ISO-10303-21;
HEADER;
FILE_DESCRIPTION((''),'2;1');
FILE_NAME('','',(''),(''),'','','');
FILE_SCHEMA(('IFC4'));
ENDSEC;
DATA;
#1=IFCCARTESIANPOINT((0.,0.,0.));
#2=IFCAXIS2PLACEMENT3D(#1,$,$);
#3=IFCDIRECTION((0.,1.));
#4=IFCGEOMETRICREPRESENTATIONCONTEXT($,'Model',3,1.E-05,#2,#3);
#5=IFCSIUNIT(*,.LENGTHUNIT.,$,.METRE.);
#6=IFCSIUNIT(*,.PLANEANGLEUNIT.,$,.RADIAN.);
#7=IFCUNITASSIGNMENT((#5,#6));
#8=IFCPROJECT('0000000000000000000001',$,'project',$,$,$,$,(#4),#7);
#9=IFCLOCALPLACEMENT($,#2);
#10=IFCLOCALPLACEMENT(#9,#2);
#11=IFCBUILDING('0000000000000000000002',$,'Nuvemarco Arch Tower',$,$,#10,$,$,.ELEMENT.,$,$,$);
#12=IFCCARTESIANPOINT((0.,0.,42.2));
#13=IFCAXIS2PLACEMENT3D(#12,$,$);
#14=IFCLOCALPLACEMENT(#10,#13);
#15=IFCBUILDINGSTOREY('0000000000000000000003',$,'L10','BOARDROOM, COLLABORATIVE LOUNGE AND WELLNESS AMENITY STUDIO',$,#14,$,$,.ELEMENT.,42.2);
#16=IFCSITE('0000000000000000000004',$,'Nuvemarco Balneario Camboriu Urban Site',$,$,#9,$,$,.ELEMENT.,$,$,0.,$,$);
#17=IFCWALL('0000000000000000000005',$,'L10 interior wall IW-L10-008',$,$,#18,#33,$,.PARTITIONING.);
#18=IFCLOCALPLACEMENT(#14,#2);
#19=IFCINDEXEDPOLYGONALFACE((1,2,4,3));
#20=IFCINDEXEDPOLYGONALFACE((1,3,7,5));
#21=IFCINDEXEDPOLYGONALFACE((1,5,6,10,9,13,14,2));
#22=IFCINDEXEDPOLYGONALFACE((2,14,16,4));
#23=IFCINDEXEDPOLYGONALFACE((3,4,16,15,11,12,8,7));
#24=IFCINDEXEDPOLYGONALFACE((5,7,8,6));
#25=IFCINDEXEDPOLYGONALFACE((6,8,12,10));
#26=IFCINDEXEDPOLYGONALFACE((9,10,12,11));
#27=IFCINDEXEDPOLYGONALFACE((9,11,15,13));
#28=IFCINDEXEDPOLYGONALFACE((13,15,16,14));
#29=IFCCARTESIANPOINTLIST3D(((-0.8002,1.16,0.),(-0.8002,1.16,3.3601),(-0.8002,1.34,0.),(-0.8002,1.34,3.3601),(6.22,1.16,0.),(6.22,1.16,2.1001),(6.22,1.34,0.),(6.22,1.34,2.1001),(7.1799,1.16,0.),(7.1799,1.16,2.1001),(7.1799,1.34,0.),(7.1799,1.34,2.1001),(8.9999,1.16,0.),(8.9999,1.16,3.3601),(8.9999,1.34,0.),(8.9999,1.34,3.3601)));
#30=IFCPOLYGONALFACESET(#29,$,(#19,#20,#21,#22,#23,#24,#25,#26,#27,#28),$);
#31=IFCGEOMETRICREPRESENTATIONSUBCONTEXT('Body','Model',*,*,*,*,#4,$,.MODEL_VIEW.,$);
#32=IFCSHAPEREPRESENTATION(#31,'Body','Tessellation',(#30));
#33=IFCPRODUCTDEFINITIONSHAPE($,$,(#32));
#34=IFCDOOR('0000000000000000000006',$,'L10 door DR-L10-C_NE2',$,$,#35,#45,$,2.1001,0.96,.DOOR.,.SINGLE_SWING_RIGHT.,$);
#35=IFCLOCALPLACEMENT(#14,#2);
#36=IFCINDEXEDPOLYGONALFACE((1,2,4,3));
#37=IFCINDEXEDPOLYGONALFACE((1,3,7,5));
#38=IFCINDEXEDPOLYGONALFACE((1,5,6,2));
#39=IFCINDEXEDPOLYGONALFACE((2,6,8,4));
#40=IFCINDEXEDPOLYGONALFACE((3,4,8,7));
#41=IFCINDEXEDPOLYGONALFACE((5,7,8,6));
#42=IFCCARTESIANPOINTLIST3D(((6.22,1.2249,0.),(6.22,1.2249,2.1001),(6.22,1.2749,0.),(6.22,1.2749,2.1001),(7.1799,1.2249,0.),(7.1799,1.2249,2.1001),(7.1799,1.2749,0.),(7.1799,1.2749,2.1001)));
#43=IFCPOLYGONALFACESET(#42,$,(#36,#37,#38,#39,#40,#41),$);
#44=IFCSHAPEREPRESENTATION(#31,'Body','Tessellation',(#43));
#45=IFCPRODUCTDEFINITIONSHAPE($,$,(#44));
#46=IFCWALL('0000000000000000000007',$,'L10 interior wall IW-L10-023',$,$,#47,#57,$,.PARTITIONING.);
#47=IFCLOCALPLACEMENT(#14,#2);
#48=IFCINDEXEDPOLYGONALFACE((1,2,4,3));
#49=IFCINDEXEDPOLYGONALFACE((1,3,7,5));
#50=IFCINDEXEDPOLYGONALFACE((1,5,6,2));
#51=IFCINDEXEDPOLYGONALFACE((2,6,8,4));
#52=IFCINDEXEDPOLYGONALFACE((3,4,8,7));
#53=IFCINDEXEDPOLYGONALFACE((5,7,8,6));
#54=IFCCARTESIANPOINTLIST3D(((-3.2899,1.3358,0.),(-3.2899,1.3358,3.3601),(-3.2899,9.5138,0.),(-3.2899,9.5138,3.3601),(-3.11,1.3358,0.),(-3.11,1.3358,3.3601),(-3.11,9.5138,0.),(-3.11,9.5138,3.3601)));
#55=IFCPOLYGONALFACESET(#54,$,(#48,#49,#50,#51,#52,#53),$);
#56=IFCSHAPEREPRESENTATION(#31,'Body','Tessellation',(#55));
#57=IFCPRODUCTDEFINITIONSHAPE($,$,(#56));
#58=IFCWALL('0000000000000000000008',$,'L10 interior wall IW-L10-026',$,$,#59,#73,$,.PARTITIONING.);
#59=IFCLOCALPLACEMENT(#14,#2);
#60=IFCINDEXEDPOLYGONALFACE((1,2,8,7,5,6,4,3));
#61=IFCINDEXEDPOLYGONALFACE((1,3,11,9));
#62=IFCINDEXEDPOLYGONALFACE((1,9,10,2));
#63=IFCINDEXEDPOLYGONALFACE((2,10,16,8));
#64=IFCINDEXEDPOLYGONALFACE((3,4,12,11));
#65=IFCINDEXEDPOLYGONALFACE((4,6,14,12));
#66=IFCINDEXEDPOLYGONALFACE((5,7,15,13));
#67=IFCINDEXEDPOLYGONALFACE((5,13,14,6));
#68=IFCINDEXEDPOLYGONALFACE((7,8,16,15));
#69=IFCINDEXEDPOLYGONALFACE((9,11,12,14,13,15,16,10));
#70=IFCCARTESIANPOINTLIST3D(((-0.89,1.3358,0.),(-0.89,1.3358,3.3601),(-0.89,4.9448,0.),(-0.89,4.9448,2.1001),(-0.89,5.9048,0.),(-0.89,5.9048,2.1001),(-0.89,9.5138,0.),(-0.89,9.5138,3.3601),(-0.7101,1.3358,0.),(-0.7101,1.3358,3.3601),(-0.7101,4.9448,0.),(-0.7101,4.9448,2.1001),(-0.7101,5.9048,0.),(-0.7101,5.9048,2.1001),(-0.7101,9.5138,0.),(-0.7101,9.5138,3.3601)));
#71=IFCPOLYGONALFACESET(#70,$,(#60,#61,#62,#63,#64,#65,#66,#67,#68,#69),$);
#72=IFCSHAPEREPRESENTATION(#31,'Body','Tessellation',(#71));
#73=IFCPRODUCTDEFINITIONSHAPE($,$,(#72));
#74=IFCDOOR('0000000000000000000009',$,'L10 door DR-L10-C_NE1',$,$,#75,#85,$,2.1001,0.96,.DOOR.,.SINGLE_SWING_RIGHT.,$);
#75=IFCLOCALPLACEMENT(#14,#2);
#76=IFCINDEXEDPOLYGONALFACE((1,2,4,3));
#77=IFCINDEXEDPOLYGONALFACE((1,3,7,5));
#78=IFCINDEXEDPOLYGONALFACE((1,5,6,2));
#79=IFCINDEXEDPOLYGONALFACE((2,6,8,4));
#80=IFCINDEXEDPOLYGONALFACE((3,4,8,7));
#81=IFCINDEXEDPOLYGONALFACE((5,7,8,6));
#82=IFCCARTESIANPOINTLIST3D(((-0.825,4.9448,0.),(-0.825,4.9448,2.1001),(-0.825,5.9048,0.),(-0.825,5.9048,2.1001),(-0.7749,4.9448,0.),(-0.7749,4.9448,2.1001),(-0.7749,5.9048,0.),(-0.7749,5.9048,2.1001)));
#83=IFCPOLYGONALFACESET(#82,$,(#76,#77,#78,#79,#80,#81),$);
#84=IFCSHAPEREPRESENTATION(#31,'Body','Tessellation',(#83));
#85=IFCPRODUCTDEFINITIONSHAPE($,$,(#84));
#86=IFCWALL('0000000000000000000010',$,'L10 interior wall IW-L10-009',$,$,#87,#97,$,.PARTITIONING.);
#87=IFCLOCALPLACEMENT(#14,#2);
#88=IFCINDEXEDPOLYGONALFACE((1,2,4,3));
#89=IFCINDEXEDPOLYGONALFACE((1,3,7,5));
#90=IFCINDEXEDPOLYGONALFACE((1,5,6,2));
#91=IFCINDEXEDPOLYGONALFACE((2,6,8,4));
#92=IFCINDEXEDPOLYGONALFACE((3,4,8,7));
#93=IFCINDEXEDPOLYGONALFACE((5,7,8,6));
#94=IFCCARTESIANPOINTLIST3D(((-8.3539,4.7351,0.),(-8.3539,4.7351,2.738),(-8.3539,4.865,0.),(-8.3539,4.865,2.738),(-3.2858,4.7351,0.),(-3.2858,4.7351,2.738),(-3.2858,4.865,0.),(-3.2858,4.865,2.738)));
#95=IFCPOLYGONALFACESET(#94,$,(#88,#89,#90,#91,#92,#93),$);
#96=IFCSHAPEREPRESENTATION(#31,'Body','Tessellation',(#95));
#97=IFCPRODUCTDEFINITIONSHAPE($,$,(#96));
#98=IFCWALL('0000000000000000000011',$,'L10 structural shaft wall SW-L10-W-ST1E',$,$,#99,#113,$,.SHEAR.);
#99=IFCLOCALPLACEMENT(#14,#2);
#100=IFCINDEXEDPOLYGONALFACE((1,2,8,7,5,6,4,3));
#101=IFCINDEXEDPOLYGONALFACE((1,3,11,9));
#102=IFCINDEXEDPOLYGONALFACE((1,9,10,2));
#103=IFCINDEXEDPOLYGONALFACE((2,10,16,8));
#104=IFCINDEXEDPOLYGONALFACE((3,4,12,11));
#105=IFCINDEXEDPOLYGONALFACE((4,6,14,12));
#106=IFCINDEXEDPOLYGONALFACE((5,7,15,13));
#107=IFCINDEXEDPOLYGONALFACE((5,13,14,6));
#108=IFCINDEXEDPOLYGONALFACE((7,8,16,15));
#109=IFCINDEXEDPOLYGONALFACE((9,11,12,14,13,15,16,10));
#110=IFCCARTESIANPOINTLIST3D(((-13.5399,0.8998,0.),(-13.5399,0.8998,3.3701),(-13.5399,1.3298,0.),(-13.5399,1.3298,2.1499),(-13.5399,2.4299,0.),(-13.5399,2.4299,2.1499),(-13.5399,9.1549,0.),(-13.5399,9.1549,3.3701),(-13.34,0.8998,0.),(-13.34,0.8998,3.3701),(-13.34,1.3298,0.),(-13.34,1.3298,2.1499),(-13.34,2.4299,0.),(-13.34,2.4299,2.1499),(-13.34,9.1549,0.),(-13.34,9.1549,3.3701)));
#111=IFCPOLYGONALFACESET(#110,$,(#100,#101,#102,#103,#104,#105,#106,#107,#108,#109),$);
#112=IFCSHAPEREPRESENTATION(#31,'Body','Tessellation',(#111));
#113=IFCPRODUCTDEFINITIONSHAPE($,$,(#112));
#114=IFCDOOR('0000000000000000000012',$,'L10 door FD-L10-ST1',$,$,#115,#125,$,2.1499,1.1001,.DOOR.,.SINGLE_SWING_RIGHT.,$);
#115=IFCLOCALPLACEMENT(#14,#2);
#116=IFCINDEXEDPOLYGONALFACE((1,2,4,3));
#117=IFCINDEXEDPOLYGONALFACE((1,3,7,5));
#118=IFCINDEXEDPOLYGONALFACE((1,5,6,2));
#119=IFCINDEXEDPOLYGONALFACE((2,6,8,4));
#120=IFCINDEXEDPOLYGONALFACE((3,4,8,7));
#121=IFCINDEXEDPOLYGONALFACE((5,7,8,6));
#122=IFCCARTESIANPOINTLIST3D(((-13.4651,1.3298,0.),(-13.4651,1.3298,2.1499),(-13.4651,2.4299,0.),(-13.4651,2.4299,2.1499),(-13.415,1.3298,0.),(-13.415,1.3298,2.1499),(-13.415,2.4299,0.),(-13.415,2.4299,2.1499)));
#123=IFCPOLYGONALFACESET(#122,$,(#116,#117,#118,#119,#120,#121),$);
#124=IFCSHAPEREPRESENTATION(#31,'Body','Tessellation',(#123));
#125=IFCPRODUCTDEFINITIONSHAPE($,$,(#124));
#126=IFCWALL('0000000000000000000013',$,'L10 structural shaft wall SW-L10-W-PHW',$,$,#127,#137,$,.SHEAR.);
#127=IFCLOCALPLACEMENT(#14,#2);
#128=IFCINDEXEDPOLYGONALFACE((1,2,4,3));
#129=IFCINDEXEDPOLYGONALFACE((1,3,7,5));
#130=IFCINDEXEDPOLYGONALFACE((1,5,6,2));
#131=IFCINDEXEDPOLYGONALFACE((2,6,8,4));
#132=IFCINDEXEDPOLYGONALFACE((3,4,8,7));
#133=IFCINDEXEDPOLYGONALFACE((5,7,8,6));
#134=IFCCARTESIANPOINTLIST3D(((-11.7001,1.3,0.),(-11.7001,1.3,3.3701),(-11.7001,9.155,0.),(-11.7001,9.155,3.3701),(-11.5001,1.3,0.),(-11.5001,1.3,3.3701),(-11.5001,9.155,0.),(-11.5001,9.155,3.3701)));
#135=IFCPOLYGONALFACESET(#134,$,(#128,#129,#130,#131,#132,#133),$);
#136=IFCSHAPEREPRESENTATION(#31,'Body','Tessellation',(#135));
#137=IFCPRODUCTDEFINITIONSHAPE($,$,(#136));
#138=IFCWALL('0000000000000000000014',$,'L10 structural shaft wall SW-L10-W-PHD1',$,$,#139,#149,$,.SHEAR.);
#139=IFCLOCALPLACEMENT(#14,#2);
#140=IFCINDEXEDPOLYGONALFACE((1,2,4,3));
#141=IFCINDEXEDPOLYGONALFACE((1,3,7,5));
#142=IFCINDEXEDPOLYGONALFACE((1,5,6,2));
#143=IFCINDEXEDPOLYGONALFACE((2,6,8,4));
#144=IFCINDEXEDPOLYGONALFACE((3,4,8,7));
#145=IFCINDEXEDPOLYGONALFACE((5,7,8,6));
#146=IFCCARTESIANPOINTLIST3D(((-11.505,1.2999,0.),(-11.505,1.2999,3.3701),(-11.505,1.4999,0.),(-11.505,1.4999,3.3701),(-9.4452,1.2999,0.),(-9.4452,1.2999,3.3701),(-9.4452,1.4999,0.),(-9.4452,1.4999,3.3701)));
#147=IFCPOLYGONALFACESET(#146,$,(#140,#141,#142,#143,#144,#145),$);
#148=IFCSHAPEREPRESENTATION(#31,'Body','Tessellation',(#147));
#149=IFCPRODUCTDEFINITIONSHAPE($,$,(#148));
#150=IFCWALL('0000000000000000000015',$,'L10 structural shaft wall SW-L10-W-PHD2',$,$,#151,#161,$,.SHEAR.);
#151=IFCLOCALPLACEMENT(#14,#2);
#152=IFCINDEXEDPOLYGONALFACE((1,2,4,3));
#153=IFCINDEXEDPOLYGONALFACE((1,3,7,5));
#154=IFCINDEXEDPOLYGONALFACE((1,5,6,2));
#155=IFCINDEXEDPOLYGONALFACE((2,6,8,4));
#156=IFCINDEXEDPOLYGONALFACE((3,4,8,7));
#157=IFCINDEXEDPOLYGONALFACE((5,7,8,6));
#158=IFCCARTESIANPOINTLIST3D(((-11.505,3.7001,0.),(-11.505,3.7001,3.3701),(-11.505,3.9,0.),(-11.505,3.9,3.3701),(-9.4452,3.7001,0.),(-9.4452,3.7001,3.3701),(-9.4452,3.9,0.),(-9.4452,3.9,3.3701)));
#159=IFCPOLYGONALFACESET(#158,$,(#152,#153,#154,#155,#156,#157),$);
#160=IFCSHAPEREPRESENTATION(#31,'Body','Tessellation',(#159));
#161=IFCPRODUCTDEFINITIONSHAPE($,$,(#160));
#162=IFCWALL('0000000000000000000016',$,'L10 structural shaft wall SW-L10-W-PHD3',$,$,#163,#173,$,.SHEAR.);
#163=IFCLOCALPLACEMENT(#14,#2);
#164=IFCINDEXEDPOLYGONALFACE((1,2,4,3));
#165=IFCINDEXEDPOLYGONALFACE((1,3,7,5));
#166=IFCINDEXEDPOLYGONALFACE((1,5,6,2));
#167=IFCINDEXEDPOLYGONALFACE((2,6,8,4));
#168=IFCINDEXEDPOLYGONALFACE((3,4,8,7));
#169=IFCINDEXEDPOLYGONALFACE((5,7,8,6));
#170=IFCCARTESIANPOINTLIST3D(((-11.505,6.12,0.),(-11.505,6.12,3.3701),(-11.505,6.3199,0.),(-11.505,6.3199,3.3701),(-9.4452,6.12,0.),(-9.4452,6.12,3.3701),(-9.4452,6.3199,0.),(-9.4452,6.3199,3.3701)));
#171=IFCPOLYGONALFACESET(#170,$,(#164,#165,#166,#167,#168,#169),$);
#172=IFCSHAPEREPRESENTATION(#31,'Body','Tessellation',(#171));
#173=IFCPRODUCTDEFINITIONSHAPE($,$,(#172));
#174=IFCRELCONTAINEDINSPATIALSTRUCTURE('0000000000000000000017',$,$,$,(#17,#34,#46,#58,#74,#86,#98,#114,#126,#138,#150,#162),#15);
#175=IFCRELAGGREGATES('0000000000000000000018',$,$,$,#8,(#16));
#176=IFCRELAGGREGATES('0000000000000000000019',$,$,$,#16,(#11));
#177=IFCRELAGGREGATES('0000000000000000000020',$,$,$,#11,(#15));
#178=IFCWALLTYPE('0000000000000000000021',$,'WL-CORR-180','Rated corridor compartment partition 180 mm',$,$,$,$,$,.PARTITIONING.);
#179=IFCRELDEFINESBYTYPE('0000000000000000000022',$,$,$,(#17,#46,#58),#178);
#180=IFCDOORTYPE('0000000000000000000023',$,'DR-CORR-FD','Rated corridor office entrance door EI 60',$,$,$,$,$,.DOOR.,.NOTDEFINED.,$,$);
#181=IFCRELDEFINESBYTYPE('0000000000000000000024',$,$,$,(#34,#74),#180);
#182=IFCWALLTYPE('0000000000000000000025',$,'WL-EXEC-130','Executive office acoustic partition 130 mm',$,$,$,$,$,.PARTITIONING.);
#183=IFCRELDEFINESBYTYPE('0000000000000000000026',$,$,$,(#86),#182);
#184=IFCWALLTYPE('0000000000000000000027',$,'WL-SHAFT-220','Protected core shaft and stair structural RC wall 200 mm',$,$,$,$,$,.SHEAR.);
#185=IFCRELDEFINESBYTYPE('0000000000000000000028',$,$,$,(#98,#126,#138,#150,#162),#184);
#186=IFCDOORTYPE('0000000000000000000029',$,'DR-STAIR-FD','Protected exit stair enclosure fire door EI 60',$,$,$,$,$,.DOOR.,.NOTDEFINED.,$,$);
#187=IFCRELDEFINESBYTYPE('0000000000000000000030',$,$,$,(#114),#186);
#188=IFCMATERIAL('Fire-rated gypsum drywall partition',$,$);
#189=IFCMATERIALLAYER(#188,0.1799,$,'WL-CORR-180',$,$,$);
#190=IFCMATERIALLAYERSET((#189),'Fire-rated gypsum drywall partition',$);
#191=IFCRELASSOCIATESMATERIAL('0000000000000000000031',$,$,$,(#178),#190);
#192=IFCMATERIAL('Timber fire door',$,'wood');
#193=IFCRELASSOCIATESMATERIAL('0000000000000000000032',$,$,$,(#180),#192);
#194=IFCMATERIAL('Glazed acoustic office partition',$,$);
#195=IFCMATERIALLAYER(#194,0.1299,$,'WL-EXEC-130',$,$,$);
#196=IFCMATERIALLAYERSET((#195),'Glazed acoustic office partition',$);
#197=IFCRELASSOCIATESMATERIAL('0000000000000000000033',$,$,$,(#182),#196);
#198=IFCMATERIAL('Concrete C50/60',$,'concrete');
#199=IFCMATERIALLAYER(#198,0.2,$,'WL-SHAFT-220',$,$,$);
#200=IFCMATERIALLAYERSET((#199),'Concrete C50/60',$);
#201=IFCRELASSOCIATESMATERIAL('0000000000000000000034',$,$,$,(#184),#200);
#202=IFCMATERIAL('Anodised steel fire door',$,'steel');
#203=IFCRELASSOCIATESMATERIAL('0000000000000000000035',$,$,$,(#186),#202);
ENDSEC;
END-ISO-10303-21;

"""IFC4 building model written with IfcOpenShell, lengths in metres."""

from ifc_helpers import new_model, si_unit, direction, frame, frame_2d, origin, place, context, subcontext, project, spatial, rectangle, extrude, source, transform, mapped, material, layer, layer_set, type_object, type_shapes, element, fill, save


model = new_model("IFC4")

# Units and contexts
model_context = context("Model", 3, precision=1e-05, world=origin(), true_north=direction((0.0, 1.0)))
body_context = subcontext(model_context, "Body", "Model", "MODEL_VIEW")
ifc_project = project(units=[si_unit("LENGTHUNIT", "METRE"), si_unit("PLANEANGLEUNIT", "RADIAN")], contexts=[model_context])

# Site, building, storey
site_placement = place(None, origin())
site = spatial("IfcSite", under=ifc_project, at=site_placement, Name="Nuvemarco Balneario Camboriu Urban Site", CompositionType="ELEMENT", RefElevation=0.0)
building_placement = place(site_placement, origin())
building = spatial("IfcBuilding", under=site, at=building_placement, Name="Nuvemarco Arch Tower", CompositionType="ELEMENT")
storey_placement = place(building_placement, frame((0.0, 0.0, 42.2)))
storey = spatial("IfcBuildingStorey", under=building, at=storey_placement, Name="L10", Description="BOARDROOM, COLLABORATIVE LOUNGE AND WELLNESS AMENITY STUDIO", CompositionType="ELEMENT", Elevation=42.2)

# Wall, opening, door
ifc_material_1 = material(Name="Fire-rated gypsum drywall partition")
ifc_layer_1 = layer(ifc_material_1, 0.1799, Name="WL-CORR-180")
ifc_layer_set_1 = layer_set([ifc_layer_1], Name="Fire-rated gypsum drywall partition")
wall_type_1 = type_object("IfcWallType", Name="WL-CORR-180", Description="Rated corridor compartment partition 180 mm", PredefinedType="PARTITIONING", material=ifc_layer_set_1)
ifc_material_2 = material(Name="Timber fire door", Category="wood")
door_type_1 = type_object("IfcDoorType", Name="DR-CORR-FD", Description="Rated corridor office entrance door EI 60", OperationType="NOTDEFINED", PredefinedType="DOOR", material=ifc_material_2)
shared_shape_1 = source(origin(), body_context, "Body", "SweptSolid", [
    extrude(rectangle(XDim=0.96, YDim=2.1001, at=frame_2d((0.48, 1.05))), frame((0.0, 0.0249, 0.0), z_axis=(0.0, -1.0, 0.0), x_axis=(1.0, 0.0, 0.0)), (0.0, 0.0, 1.0), 0.05),
])
type_shapes(door_type_1, [shared_shape_1])
wall_1_placement = place(storey_placement, frame((-0.8, 1.25, 0.0), z_axis=(0.0, 0.0, 1.0), x_axis=(1.0, 0.0, 0.0)))
wall_1 = element("IfcWall", 1, at=wall_1_placement, inside=storey, type_object=wall_type_1, Name="L10 interior wall IW-L10-008", PredefinedType="PARTITIONING", context=body_context, shape_type="SweptSolid", body=[
    extrude(rectangle(XDim=9.8, YDim=0.1799, at=frame_2d((4.8999, 0.0))), origin(), (0.0, 0.0, 1.0), 3.3601),
])
opening_1_placement = place(wall_1_placement, frame((7.02, 0.0, 0.0)))
opening_1 = element("IfcOpeningElement", 2, at=opening_1_placement, cuts=wall_1, PredefinedType="OPENING", context=body_context, shape_type="SweptSolid", body=[
    extrude(rectangle(XDim=0.96, YDim=2.1001, at=frame_2d((0.48, 1.05))), frame((0.0, 0.0999, 0.0), z_axis=(0.0, -1.0, 0.0), x_axis=(1.0, 0.0, 0.0)), (0.0, 0.0, 1.0), 0.2),
])
door_1_placement = place(opening_1_placement, origin())
door_1 = element("IfcDoor", 3, at=door_1_placement, inside=storey, type_object=door_type_1, Name="L10 door DR-L10-C_NE2", OperationType="SINGLE_SWING_RIGHT", OverallHeight=2.1001, OverallWidth=0.96, PredefinedType="DOOR", context=body_context, shape_type="MappedRepresentation", body=[
    mapped(shared_shape_1, transform((0.0, 0.0, 0.0), scale=1.0)),
])
fill(opening_1, door_1)

# Wall
wall_2_placement = place(storey_placement, frame((-3.2, 1.3359, 0.0), z_axis=(0.0, 0.0, 1.0), x_axis=(0.0, 1.0, 0.0)))
element("IfcWall", 4, at=wall_2_placement, inside=storey, type_object=wall_type_1, Name="L10 interior wall IW-L10-023", PredefinedType="PARTITIONING", context=body_context, shape_type="SweptSolid", body=[
    extrude(rectangle(XDim=8.178, YDim=0.1799, at=frame_2d((4.0889, 0.0))), origin(), (0.0, 0.0, 1.0), 3.3601),
])

# Wall, opening, door
wall_3_placement = place(storey_placement, frame((-0.8, 1.3359, 0.0), z_axis=(0.0, 0.0, 1.0), x_axis=(0.0, 1.0, 0.0)))
wall_3 = element("IfcWall", 5, at=wall_3_placement, inside=storey, type_object=wall_type_1, Name="L10 interior wall IW-L10-026", PredefinedType="PARTITIONING", context=body_context, shape_type="SweptSolid", body=[
    extrude(rectangle(XDim=8.178, YDim=0.1799, at=frame_2d((4.0889, 0.0))), origin(), (0.0, 0.0, 1.0), 3.3601),
])
opening_2_placement = place(wall_3_placement, frame((3.6089, 0.0, 0.0)))
opening_2 = element("IfcOpeningElement", 6, at=opening_2_placement, cuts=wall_3, PredefinedType="OPENING", context=body_context, shape_type="SweptSolid", body=[
    extrude(rectangle(XDim=0.96, YDim=2.1001, at=frame_2d((0.48, 1.05))), frame((0.0, 0.0999, 0.0), z_axis=(0.0, -1.0, 0.0), x_axis=(1.0, 0.0, 0.0)), (0.0, 0.0, 1.0), 0.2),
])
door_2_placement = place(opening_2_placement, origin())
door_2 = element("IfcDoor", 7, at=door_2_placement, inside=storey, type_object=door_type_1, Name="L10 door DR-L10-C_NE1", OperationType="SINGLE_SWING_RIGHT", OverallHeight=2.1001, OverallWidth=0.96, PredefinedType="DOOR", context=body_context, shape_type="MappedRepresentation", body=[
    mapped(shared_shape_1, transform((0.0, 0.0, 0.0), scale=1.0)),
])
fill(opening_2, door_2)

# Wall
ifc_material_3 = material(Name="Glazed acoustic office partition")
ifc_layer_2 = layer(ifc_material_3, 0.1299, Name="WL-EXEC-130")
ifc_layer_set_2 = layer_set([ifc_layer_2], Name="Glazed acoustic office partition")
wall_type_2 = type_object("IfcWallType", Name="WL-EXEC-130", Description="Executive office acoustic partition 130 mm", PredefinedType="PARTITIONING", material=ifc_layer_set_2)
wall_4_placement = place(storey_placement, frame((-8.354, 4.8, 0.0), z_axis=(0.0, 0.0, 1.0), x_axis=(1.0, 0.0, 0.0)))
element("IfcWall", 8, at=wall_4_placement, inside=storey, type_object=wall_type_2, Name="L10 interior wall IW-L10-009", PredefinedType="PARTITIONING", context=body_context, shape_type="SweptSolid", body=[
    extrude(rectangle(XDim=5.0681, YDim=0.1299, at=frame_2d((2.5342, 0.0))), origin(), (0.0, 0.0, 1.0), 2.738),
])

# Wall, opening, door
ifc_material_4 = material(Name="Concrete C50/60", Category="concrete")
ifc_layer_3 = layer(ifc_material_4, 0.2, Name="WL-SHAFT-220")
ifc_layer_set_3 = layer_set([ifc_layer_3], Name="Concrete C50/60")
wall_type_3 = type_object("IfcWallType", Name="WL-SHAFT-220", Description="Protected core shaft and stair structural RC wall 200 mm", PredefinedType="SHEAR", material=ifc_layer_set_3)
wall_5_placement = place(storey_placement, frame((-13.4399, 0.8999, 0.0), z_axis=(0.0, 0.0, 1.0), x_axis=(0.0, 1.0, 0.0)))
wall_5 = element("IfcWall", 9, at=wall_5_placement, inside=storey, type_object=wall_type_3, Name="L10 structural shaft wall SW-L10-W-ST1E", PredefinedType="SHEAR", context=body_context, shape_type="SweptSolid", body=[
    extrude(rectangle(XDim=8.2551, YDim=0.2, at=frame_2d((4.1274, 0.0))), origin(), (0.0, 0.0, 1.0), 3.3701),
])
opening_3_placement = place(wall_5_placement, frame((1.53, 0.0, 0.0), z_axis=(0.0, 0.0, 1.0), x_axis=(-1.0, 0.0, 0.0)))
opening_3 = element("IfcOpeningElement", 10, at=opening_3_placement, cuts=wall_5, PredefinedType="OPENING", context=body_context, shape_type="SweptSolid", body=[
    extrude(rectangle(XDim=1.1001, YDim=2.1499, at=frame_2d((0.55, 1.075))), frame((0.0, 0.1099, 0.0), z_axis=(0.0, -1.0, 0.0), x_axis=(1.0, 0.0, 0.0)), (0.0, 0.0, 1.0), 0.22),
])
ifc_material_5 = material(Name="Anodised steel fire door", Category="steel")
door_type_2 = type_object("IfcDoorType", Name="DR-STAIR-FD", Description="Protected exit stair enclosure fire door EI 60", OperationType="NOTDEFINED", PredefinedType="DOOR", material=ifc_material_5)
shared_shape_2 = source(origin(), body_context, "Body", "SweptSolid", [
    extrude(rectangle(XDim=1.1001, YDim=2.1499, at=frame_2d((0.55, 1.075))), frame((0.0, 0.0249, 0.0), z_axis=(0.0, -1.0, 0.0), x_axis=(1.0, 0.0, 0.0)), (0.0, 0.0, 1.0), 0.05),
])
type_shapes(door_type_2, [shared_shape_2])
door_3_placement = place(opening_3_placement, origin())
door_3 = element("IfcDoor", 11, at=door_3_placement, inside=storey, type_object=door_type_2, Name="L10 door FD-L10-ST1", OperationType="SINGLE_SWING_RIGHT", OverallHeight=2.1499, OverallWidth=1.1001, PredefinedType="DOOR", context=body_context, shape_type="MappedRepresentation", body=[
    mapped(shared_shape_2, transform((0.0, 0.0, 0.0), scale=1.0)),
])
fill(opening_3, door_3)

# Walls
wall_6_placement = place(storey_placement, frame((-11.6001, 1.3, 0.0), z_axis=(0.0, 0.0, 1.0), x_axis=(0.0, 1.0, 0.0)))
element("IfcWall", 12, at=wall_6_placement, inside=storey, type_object=wall_type_3, Name="L10 structural shaft wall SW-L10-W-PHW", PredefinedType="SHEAR", context=body_context, shape_type="SweptSolid", body=[
    extrude(rectangle(XDim=7.855, YDim=0.2, at=frame_2d((3.9275, 0.0))), origin(), (0.0, 0.0, 1.0), 3.3701),
])
for number, where, z_axis, x_axis, name in (
    (13, (-11.5049, 1.3999, 0.0), (0.0, 0.0, 1.0), (1.0, 0.0, 0.0), "L10 structural shaft wall SW-L10-W-PHD1"),
    (14, (-11.5049, 3.8, 0.0), (0.0, 0.0, 1.0), (1.0, 0.0, 0.0), "L10 structural shaft wall SW-L10-W-PHD2"),
    (15, (-11.5049, 6.22, 0.0), (0.0, 0.0, 1.0), (1.0, 0.0, 0.0), "L10 structural shaft wall SW-L10-W-PHD3"),
):
    element("IfcWall", number, at=place(storey_placement, frame(where, z_axis=z_axis, x_axis=x_axis)), inside=storey, type_object=wall_type_3, Name=name, PredefinedType="SHEAR", context=body_context, shape_type="SweptSolid", body=[
        extrude(rectangle(XDim=2.0598, YDim=0.2, at=frame_2d((1.0298, 0.0))), origin(), (0.0, 0.0, 1.0), 3.3701),
    ])

save(model, "model.ifc")
